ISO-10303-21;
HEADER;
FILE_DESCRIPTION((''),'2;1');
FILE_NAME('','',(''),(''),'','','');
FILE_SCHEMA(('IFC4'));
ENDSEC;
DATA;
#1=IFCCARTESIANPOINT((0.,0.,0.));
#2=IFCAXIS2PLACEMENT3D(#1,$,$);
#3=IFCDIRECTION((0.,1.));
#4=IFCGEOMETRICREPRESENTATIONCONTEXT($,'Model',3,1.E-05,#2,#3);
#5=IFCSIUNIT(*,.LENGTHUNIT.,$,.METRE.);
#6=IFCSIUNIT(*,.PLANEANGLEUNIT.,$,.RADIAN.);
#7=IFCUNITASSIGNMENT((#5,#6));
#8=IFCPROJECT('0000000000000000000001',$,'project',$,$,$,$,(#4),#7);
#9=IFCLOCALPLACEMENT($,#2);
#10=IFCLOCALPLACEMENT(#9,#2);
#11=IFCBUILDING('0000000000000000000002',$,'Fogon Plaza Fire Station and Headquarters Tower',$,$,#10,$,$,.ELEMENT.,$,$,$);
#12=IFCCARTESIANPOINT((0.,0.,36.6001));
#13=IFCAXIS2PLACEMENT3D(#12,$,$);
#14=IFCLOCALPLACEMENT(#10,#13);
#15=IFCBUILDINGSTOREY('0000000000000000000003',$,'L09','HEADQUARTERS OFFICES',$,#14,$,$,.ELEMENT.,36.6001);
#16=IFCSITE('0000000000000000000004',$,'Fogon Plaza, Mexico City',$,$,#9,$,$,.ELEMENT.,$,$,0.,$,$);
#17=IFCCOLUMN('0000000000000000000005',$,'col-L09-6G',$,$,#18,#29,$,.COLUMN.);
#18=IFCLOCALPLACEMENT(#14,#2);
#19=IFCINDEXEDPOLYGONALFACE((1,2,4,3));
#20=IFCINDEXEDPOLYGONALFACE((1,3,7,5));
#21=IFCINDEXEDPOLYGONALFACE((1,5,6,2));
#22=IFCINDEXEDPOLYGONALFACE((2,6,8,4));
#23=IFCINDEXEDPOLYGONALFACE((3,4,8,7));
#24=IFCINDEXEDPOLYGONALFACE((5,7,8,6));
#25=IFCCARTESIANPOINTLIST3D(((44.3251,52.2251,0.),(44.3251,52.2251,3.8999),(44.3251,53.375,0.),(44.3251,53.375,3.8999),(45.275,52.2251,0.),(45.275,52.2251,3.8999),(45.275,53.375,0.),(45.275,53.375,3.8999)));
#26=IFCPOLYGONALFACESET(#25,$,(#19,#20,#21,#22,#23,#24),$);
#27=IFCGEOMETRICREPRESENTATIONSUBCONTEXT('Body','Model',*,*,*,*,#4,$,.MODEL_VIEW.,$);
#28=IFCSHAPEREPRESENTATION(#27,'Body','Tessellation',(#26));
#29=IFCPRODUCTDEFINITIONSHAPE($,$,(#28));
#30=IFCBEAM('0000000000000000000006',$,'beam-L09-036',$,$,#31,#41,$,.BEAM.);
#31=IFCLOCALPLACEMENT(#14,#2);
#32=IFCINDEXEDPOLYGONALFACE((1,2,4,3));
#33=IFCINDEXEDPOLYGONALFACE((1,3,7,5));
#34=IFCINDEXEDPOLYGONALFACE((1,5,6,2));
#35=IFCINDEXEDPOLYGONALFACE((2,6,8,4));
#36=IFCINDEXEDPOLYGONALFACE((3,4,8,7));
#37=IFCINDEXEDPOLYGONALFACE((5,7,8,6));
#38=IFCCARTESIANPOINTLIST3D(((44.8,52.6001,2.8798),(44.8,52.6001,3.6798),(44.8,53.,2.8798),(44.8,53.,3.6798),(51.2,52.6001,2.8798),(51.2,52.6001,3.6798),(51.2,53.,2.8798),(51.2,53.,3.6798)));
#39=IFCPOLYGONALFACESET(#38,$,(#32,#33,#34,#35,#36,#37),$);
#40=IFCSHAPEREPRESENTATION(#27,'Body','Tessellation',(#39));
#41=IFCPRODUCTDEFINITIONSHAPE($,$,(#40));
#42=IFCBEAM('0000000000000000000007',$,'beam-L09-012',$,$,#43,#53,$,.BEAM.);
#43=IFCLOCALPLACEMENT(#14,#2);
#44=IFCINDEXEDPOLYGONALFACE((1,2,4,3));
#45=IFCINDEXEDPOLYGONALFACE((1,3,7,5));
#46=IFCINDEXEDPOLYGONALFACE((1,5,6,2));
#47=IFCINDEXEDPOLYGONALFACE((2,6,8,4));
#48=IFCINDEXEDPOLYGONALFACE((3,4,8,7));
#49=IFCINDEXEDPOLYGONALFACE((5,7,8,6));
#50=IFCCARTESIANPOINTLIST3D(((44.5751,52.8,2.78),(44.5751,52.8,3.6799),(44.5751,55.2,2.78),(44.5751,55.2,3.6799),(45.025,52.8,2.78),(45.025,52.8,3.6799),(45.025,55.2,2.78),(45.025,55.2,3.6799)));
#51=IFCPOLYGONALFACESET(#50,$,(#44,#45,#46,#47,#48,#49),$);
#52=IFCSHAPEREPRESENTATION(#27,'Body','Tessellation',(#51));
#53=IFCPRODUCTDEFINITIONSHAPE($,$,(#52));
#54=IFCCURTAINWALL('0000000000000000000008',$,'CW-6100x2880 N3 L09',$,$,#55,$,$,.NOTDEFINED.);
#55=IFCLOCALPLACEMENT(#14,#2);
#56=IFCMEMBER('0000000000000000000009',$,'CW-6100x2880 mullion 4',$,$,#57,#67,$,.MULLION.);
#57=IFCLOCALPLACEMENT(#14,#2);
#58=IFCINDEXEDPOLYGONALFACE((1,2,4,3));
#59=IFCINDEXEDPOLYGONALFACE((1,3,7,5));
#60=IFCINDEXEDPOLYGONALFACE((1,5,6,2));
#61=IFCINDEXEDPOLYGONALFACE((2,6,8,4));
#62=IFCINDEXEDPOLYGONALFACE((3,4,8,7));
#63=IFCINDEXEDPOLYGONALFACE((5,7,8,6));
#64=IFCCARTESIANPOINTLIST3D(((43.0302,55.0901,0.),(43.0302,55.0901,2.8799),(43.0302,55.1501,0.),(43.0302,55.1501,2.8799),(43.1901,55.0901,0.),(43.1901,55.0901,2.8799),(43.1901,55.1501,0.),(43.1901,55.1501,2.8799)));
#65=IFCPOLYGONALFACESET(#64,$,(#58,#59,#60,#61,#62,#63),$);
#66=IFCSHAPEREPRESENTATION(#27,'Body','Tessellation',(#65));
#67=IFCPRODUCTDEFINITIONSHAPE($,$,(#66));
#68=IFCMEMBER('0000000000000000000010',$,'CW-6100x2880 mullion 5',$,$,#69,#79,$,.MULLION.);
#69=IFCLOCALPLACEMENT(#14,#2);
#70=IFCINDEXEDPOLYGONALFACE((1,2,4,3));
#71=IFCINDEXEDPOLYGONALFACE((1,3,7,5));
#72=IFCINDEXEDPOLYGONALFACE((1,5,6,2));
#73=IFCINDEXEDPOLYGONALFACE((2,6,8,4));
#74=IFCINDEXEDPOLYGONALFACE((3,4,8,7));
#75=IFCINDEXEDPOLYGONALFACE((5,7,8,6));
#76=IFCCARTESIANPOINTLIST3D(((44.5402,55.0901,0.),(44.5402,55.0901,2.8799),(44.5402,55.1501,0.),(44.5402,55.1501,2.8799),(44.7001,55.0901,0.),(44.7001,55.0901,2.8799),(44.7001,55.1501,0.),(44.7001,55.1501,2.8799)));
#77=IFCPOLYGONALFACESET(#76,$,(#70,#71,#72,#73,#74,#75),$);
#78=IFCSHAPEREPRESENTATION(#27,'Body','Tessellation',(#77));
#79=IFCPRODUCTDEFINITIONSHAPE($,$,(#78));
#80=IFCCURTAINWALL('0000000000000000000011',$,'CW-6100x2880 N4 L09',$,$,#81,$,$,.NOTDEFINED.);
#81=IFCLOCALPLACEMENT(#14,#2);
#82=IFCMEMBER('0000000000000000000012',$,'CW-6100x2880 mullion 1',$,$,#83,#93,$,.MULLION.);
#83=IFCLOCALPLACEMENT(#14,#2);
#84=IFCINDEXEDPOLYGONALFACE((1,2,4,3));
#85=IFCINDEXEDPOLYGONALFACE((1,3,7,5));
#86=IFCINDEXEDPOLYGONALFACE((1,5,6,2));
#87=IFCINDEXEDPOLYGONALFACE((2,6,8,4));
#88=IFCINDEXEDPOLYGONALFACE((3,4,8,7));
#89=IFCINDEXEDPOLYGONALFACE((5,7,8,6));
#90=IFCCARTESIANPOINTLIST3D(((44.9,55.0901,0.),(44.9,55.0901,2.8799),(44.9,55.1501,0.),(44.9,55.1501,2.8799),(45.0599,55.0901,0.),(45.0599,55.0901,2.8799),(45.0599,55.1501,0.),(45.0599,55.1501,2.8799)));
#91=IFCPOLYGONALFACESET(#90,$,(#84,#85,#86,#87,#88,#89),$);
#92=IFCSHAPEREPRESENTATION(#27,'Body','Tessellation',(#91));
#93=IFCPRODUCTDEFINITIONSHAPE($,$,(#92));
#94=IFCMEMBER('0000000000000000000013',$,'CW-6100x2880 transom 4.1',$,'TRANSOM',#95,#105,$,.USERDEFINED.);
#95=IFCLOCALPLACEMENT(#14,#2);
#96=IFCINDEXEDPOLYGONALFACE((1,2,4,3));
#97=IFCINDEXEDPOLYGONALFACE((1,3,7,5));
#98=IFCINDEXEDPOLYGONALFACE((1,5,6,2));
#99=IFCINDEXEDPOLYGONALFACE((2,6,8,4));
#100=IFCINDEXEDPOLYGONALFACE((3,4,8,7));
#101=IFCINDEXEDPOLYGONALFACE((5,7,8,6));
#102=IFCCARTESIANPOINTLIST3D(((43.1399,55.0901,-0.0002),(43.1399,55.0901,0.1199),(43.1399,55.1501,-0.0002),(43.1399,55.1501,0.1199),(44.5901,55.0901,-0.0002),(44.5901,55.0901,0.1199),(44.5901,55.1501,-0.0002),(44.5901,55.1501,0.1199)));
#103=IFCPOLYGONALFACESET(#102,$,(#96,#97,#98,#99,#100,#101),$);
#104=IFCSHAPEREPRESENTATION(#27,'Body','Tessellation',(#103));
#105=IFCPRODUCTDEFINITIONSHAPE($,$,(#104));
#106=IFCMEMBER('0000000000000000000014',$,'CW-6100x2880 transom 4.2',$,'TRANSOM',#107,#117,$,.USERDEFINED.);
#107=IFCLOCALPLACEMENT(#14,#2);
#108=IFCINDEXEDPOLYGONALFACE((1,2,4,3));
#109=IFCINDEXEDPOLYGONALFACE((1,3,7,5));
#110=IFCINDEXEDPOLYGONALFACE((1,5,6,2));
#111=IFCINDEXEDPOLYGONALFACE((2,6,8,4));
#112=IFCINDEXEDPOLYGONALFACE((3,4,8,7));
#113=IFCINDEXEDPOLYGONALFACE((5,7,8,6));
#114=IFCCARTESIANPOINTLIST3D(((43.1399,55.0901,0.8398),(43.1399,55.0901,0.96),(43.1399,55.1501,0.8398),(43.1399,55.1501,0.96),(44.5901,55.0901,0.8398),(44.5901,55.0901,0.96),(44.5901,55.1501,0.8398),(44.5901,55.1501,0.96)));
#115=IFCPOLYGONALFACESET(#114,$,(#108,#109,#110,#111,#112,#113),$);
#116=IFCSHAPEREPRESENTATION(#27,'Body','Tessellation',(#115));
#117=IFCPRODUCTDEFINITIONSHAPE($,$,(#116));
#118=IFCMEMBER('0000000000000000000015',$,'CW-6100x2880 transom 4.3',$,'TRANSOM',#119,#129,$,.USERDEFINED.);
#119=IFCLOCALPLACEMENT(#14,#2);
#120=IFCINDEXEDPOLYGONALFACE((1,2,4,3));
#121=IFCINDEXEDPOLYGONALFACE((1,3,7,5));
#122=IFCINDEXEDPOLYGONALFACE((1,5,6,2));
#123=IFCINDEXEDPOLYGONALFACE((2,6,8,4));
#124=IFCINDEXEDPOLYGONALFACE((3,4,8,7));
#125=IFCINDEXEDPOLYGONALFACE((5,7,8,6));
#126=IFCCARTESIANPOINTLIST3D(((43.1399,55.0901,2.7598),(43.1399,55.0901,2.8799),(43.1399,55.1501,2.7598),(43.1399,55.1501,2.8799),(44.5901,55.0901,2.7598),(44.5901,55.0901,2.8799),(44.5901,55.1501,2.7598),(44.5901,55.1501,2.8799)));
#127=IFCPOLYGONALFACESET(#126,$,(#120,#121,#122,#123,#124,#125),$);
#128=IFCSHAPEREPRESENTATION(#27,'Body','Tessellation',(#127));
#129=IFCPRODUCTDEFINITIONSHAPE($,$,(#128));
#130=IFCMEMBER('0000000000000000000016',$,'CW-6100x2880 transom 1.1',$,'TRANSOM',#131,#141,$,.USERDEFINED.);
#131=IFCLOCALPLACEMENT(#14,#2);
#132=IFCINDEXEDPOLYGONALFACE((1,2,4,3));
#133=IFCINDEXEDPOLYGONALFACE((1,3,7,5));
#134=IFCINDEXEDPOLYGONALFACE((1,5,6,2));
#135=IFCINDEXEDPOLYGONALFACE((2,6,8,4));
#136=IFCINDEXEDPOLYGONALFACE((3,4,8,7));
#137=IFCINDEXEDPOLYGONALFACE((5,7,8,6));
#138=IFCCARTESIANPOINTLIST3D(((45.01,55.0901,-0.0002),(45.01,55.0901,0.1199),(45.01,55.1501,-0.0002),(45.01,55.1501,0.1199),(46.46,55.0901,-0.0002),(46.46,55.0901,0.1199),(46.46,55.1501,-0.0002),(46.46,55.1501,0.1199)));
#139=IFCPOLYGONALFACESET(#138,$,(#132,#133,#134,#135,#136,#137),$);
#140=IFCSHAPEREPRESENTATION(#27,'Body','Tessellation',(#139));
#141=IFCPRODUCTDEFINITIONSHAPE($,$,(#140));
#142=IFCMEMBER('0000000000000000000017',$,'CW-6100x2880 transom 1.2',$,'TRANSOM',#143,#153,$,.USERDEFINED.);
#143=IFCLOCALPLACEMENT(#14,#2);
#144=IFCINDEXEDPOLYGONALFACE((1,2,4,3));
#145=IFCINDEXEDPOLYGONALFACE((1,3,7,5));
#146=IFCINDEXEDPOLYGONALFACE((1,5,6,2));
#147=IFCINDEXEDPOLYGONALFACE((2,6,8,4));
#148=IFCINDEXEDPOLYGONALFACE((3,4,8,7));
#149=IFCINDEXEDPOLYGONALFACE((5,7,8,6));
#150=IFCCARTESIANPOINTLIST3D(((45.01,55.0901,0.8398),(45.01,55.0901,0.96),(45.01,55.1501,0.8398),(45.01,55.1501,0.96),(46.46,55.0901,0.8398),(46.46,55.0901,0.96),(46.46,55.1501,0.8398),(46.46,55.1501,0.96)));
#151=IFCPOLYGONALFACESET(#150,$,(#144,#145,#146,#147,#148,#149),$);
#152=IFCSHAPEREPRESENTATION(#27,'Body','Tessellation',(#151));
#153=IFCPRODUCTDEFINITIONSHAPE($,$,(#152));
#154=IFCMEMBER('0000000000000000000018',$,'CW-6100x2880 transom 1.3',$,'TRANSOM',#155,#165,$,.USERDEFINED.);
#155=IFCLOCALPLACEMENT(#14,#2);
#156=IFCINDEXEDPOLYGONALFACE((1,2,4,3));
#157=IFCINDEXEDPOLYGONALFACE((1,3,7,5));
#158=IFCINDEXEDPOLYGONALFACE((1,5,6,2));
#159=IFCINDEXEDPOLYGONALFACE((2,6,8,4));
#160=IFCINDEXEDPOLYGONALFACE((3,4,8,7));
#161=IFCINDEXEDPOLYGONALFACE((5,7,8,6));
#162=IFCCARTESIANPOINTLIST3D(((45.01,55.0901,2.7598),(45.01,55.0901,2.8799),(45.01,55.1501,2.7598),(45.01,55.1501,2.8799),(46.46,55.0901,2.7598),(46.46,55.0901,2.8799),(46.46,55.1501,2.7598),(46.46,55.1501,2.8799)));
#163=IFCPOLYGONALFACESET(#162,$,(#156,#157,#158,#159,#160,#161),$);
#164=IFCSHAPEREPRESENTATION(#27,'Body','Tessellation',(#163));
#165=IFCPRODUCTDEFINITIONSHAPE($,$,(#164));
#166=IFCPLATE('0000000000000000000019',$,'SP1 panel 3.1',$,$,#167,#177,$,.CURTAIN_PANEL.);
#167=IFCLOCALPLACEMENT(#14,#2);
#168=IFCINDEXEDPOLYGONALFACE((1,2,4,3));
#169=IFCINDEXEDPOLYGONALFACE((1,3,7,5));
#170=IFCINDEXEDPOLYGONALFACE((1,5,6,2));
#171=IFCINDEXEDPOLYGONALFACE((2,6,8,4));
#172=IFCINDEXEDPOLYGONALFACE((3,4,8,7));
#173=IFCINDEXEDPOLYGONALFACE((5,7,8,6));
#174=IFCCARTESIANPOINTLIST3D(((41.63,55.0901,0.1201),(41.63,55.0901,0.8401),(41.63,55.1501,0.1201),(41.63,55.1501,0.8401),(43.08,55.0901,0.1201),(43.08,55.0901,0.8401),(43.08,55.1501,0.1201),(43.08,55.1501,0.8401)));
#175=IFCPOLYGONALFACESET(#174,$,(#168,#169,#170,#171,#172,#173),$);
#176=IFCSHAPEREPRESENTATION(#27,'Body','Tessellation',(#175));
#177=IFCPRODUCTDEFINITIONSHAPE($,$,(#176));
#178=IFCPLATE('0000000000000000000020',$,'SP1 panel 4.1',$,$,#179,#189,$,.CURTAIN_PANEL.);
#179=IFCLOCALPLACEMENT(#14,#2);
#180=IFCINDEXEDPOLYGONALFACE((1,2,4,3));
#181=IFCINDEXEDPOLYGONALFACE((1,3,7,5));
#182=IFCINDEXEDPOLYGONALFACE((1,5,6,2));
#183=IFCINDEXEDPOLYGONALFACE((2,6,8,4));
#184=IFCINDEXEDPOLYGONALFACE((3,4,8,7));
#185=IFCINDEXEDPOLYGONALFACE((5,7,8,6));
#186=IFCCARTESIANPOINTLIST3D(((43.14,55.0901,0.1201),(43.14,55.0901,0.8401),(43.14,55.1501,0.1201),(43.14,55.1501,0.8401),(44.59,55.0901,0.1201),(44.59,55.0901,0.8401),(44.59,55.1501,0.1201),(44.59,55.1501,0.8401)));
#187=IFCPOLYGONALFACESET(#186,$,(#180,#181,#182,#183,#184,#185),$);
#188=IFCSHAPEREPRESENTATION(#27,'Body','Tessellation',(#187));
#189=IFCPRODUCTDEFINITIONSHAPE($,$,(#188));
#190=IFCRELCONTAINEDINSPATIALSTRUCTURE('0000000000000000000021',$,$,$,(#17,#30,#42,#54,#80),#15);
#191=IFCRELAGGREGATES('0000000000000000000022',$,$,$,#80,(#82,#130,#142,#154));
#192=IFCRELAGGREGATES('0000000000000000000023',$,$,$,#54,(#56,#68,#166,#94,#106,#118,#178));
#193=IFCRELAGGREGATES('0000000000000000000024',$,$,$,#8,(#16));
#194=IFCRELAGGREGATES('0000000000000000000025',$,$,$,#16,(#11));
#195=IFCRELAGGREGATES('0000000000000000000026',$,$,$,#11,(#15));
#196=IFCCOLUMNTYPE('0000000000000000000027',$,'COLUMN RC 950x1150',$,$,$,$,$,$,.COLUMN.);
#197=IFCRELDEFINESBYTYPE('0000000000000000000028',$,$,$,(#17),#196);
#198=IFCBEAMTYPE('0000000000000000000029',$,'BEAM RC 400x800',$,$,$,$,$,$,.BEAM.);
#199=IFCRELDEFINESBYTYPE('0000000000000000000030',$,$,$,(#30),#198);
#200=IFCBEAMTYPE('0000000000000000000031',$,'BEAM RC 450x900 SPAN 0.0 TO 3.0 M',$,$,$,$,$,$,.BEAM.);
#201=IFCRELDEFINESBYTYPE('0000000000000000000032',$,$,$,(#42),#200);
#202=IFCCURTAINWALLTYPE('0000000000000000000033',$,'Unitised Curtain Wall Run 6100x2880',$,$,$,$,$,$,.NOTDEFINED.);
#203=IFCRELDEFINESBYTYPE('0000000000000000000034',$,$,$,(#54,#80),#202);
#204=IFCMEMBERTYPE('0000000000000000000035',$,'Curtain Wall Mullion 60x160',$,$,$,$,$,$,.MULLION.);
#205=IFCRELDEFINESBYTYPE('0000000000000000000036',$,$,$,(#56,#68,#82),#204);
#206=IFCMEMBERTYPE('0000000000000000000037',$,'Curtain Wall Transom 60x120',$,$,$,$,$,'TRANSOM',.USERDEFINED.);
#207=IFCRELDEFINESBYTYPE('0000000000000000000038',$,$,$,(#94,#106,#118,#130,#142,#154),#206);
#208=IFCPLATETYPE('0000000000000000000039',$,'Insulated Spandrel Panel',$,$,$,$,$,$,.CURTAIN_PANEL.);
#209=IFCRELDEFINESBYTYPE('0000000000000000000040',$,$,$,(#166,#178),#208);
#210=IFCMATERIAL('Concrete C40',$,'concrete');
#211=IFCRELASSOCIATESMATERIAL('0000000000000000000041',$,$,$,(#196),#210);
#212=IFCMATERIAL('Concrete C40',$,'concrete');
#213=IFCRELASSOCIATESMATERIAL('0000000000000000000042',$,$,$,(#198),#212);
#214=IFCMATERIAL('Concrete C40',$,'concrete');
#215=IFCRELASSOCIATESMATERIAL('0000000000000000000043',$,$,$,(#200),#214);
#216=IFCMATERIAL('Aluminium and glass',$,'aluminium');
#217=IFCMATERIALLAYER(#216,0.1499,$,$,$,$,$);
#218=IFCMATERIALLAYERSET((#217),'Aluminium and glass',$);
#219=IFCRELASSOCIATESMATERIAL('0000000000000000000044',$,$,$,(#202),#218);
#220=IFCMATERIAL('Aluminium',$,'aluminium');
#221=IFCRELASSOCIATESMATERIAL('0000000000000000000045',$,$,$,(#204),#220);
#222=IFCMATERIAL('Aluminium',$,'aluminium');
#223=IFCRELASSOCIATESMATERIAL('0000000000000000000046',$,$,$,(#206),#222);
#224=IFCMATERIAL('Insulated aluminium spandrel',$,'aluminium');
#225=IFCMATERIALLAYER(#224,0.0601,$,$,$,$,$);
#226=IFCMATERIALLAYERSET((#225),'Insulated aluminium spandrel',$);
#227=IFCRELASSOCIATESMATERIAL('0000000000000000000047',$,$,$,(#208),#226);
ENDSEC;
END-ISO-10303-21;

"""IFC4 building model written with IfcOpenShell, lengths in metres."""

from ifc_helpers import new_model, si_unit, direction, frame, origin, origin_2d, place, context, subcontext, project, spatial, rectangle, extrude, material, layer, layer_set, material_profile, profile_set, type_object, element, aggregate, save


model = new_model("IFC4")

# Units and contexts
model_context = context("Model", 3, precision=1e-05, world=origin(), true_north=direction((0.0, 1.0)))
body_context = subcontext(model_context, "Body", "Model", "MODEL_VIEW")
ifc_project = project(units=[si_unit("LENGTHUNIT", "METRE"), si_unit("PLANEANGLEUNIT", "RADIAN")], contexts=[model_context])

# Site, building, storey
site_placement = place(None, origin())
site = spatial("IfcSite", under=ifc_project, at=site_placement, Name="Fogon Plaza, Mexico City", CompositionType="ELEMENT", RefElevation=0.0)
building_placement = place(site_placement, origin())
building = spatial("IfcBuilding", under=site, at=building_placement, Name="Fogon Plaza Fire Station and Headquarters Tower", CompositionType="ELEMENT")
storey_placement = place(building_placement, frame((0.0, 0.0, 36.6001)))
storey = spatial("IfcBuildingStorey", under=building, at=storey_placement, Name="L09", Description="HEADQUARTERS OFFICES", CompositionType="ELEMENT", Elevation=36.6001)

# Column
ifc_material_1 = material(Name="Concrete C40", Category="concrete")
ifc_material_profile_1 = material_profile(ifc_material_1, rectangle(XDim=0.95, YDim=1.1499, at=origin_2d()), Name="RC 950x1150")
ifc_profile_set_1 = profile_set([ifc_material_profile_1], Name="Concrete C40")
column_type = type_object("IfcColumnType", Name="COLUMN RC 950x1150", PredefinedType="COLUMN", material=ifc_profile_set_1)
column_placement = place(storey_placement, frame((44.8, 52.8, 0.0), z_axis=(0.0, 0.0, 1.0), x_axis=(1.0, 0.0, 0.0)))
element("IfcColumn", 1, at=column_placement, inside=storey, type_object=column_type, Name="col-L09-6G", PredefinedType="COLUMN", context=body_context, shape_type="SweptSolid", body=[
    extrude(rectangle(XDim=0.95, YDim=1.1499, at=origin_2d()), origin(), (0.0, 0.0, 1.0), 3.8999),
])

# Beams
ifc_material_2 = material(Name="Concrete C40", Category="concrete")
ifc_material_profile_2 = material_profile(ifc_material_2, rectangle(XDim=0.3999, YDim=0.8, at=origin_2d()), Name="RC 400x800")
ifc_profile_set_2 = profile_set([ifc_material_profile_2], Name="Concrete C40")
beam_type_1 = type_object("IfcBeamType", Name="BEAM RC 400x800", PredefinedType="BEAM", material=ifc_profile_set_2)
beam_1_placement = place(storey_placement, frame((44.8, 52.8, 3.2798), z_axis=(1.0, 0.0, 0.0), x_axis=(0.0, 1.0, 0.0)))
element("IfcBeam", 2, at=beam_1_placement, inside=storey, type_object=beam_type_1, Name="beam-L09-036", PredefinedType="BEAM", context=body_context, shape_type="SweptSolid", body=[
    extrude(rectangle(XDim=0.3999, YDim=0.8, at=origin_2d()), origin(), (0.0, 0.0, 1.0), 6.3999),
])
ifc_material_3 = material(Name="Concrete C40", Category="concrete")
ifc_material_profile_3 = material_profile(ifc_material_3, rectangle(XDim=0.45, YDim=0.8999, at=origin_2d()), Name="RC 450x900")
ifc_profile_set_3 = profile_set([ifc_material_profile_3], Name="Concrete C40")
beam_type_2 = type_object("IfcBeamType", Name="BEAM RC 450x900 SPAN 0.0 TO 3.0 M", PredefinedType="BEAM", material=ifc_profile_set_3)
beam_2_placement = place(storey_placement, frame((44.8, 52.8, 3.23), z_axis=(0.0, 1.0, 0.0), x_axis=(-1.0, 0.0, 0.0)))
element("IfcBeam", 3, at=beam_2_placement, inside=storey, type_object=beam_type_2, Name="beam-L09-012", PredefinedType="BEAM", context=body_context, shape_type="SweptSolid", body=[
    extrude(rectangle(XDim=0.45, YDim=0.8999, at=origin_2d()), origin(), (0.0, 0.0, 1.0), 2.3999),
])

# Curtain wall, members
ifc_material_4 = material(Name="Aluminium and glass", Category="aluminium")
ifc_layer_1 = layer(ifc_material_4, 0.1499)
ifc_layer_set_1 = layer_set([ifc_layer_1], Name="Aluminium and glass")
curtain_wall_type = type_object("IfcCurtainWallType", Name="Unitised Curtain Wall Run 6100x2880", PredefinedType="NOTDEFINED", material=ifc_layer_set_1)
curtain_wall_1_placement = place(storey_placement, origin())
curtain_wall_1 = element("IfcCurtainWall", 4, at=curtain_wall_1_placement, inside=storey, type_object=curtain_wall_type, Name="CW-6100x2880 N3 L09", PredefinedType="NOTDEFINED")
ifc_material_5 = material(Name="Aluminium", Category="aluminium")
ifc_material_profile_4 = material_profile(ifc_material_5, rectangle(XDim=0.0601, YDim=0.1599, at=origin_2d()), Name="Curtain Wall Mullion 60x160")
ifc_profile_set_4 = profile_set([ifc_material_profile_4], Name="Aluminium")
member_type_1 = type_object("IfcMemberType", Name="Curtain Wall Mullion 60x160", PredefinedType="MULLION", material=ifc_profile_set_4)
member_1_placement = place(storey_placement, frame((43.1101, 55.1201, 0.0), z_axis=(0.0, 0.0, 1.0), x_axis=(0.0, 1.0, 0.0)))
member_1 = element("IfcMember", 5, at=member_1_placement, type_object=member_type_1, Name="CW-6100x2880 mullion 4", PredefinedType="MULLION", context=body_context, shape_type="SweptSolid", body=[
    extrude(rectangle(XDim=0.0601, YDim=0.1599, at=origin_2d()), origin(), (0.0, 0.0, 1.0), 2.8799),
])
member_2_placement = place(storey_placement, frame((44.6201, 55.1201, 0.0), z_axis=(0.0, 0.0, 1.0), x_axis=(0.0, 1.0, 0.0)))
member_2 = element("IfcMember", 6, at=member_2_placement, type_object=member_type_1, Name="CW-6100x2880 mullion 5", PredefinedType="MULLION", context=body_context, shape_type="SweptSolid", body=[
    extrude(rectangle(XDim=0.0601, YDim=0.1599, at=origin_2d()), origin(), (0.0, 0.0, 1.0), 2.8799),
])

# Curtain wall, member
curtain_wall_2_placement = place(storey_placement, origin())
curtain_wall_2 = element("IfcCurtainWall", 7, at=curtain_wall_2_placement, inside=storey, type_object=curtain_wall_type, Name="CW-6100x2880 N4 L09", PredefinedType="NOTDEFINED")
member_3_placement = place(storey_placement, frame((44.98, 55.1201, 0.0), z_axis=(0.0, 0.0, 1.0), x_axis=(0.0, 1.0, 0.0)))
member_3 = element("IfcMember", 8, at=member_3_placement, type_object=member_type_1, Name="CW-6100x2880 mullion 1", PredefinedType="MULLION", context=body_context, shape_type="SweptSolid", body=[
    extrude(rectangle(XDim=0.0601, YDim=0.1599, at=origin_2d()), origin(), (0.0, 0.0, 1.0), 2.8799),
])

# Members
ifc_material_6 = material(Name="Aluminium", Category="aluminium")
ifc_material_profile_5 = material_profile(ifc_material_6, rectangle(XDim=0.0601, YDim=0.1201, at=origin_2d()), Name="Curtain Wall Transom 60x120")
ifc_profile_set_5 = profile_set([ifc_material_profile_5], Name="Aluminium")
member_type_2 = type_object("IfcMemberType", Name="Curtain Wall Transom 60x120", ElementType="TRANSOM", PredefinedType="USERDEFINED", material=ifc_profile_set_5)
member_4_placement = place(storey_placement, frame((43.1399, 55.1201, 0.0598), z_axis=(1.0, 0.0, 0.0), x_axis=(0.0, 1.0, 0.0)))
member_4 = element("IfcMember", 9, at=member_4_placement, type_object=member_type_2, Name="CW-6100x2880 transom 4.1", ObjectType="TRANSOM", PredefinedType="USERDEFINED", context=body_context, shape_type="SweptSolid", body=[
    extrude(rectangle(XDim=0.0601, YDim=0.1201, at=origin_2d()), origin(), (0.0, 0.0, 1.0), 1.4502),
])
member_5_placement = place(storey_placement, frame((43.1399, 55.1201, 0.8999), z_axis=(1.0, 0.0, 0.0), x_axis=(0.0, 1.0, 0.0)))
member_5 = element("IfcMember", 10, at=member_5_placement, type_object=member_type_2, Name="CW-6100x2880 transom 4.2", ObjectType="TRANSOM", PredefinedType="USERDEFINED", context=body_context, shape_type="SweptSolid", body=[
    extrude(rectangle(XDim=0.0601, YDim=0.1201, at=origin_2d()), origin(), (0.0, 0.0, 1.0), 1.4502),
])
member_6_placement = place(storey_placement, frame((43.1399, 55.1201, 2.8198), z_axis=(1.0, 0.0, 0.0), x_axis=(0.0, 1.0, 0.0)))
member_6 = element("IfcMember", 11, at=member_6_placement, type_object=member_type_2, Name="CW-6100x2880 transom 4.3", ObjectType="TRANSOM", PredefinedType="USERDEFINED", context=body_context, shape_type="SweptSolid", body=[
    extrude(rectangle(XDim=0.0601, YDim=0.1201, at=origin_2d()), origin(), (0.0, 0.0, 1.0), 1.4502),
])
member_7_placement = place(storey_placement, frame((45.01, 55.1201, 0.0598), z_axis=(1.0, 0.0, 0.0), x_axis=(0.0, 1.0, 0.0)))
member_7 = element("IfcMember", 12, at=member_7_placement, type_object=member_type_2, Name="CW-6100x2880 transom 1.1", ObjectType="TRANSOM", PredefinedType="USERDEFINED", context=body_context, shape_type="SweptSolid", body=[
    extrude(rectangle(XDim=0.0601, YDim=0.1201, at=origin_2d()), origin(), (0.0, 0.0, 1.0), 1.45),
])
member_8_placement = place(storey_placement, frame((45.01, 55.1201, 0.8999), z_axis=(1.0, 0.0, 0.0), x_axis=(0.0, 1.0, 0.0)))
member_8 = element("IfcMember", 13, at=member_8_placement, type_object=member_type_2, Name="CW-6100x2880 transom 1.2", ObjectType="TRANSOM", PredefinedType="USERDEFINED", context=body_context, shape_type="SweptSolid", body=[
    extrude(rectangle(XDim=0.0601, YDim=0.1201, at=origin_2d()), origin(), (0.0, 0.0, 1.0), 1.45),
])
member_9_placement = place(storey_placement, frame((45.01, 55.1201, 2.8198), z_axis=(1.0, 0.0, 0.0), x_axis=(0.0, 1.0, 0.0)))
member_9 = element("IfcMember", 14, at=member_9_placement, type_object=member_type_2, Name="CW-6100x2880 transom 1.3", ObjectType="TRANSOM", PredefinedType="USERDEFINED", context=body_context, shape_type="SweptSolid", body=[
    extrude(rectangle(XDim=0.0601, YDim=0.1201, at=origin_2d()), origin(), (0.0, 0.0, 1.0), 1.45),
])

# Plates
ifc_material_7 = material(Name="Insulated aluminium spandrel", Category="aluminium")
ifc_layer_2 = layer(ifc_material_7, 0.0601)
ifc_layer_set_2 = layer_set([ifc_layer_2], Name="Insulated aluminium spandrel")
plate_type_1 = type_object("IfcPlateType", Name="Insulated Spandrel Panel", PredefinedType="CURTAIN_PANEL", material=ifc_layer_set_2)
plate_1_placement = place(storey_placement, frame((42.355, 55.1201, 0.1201), z_axis=(0.0, 0.0, 1.0), x_axis=(1.0, 0.0, 0.0)))
plate_1 = element("IfcPlate", 15, at=plate_1_placement, type_object=plate_type_1, Name="SP1 panel 3.1", PredefinedType="CURTAIN_PANEL", context=body_context, shape_type="SweptSolid", body=[
    extrude(rectangle(XDim=1.45, YDim=0.0601, at=origin_2d()), origin(), (0.0, 0.0, 1.0), 0.72),
])
plate_2_placement = place(storey_placement, frame((43.865, 55.1201, 0.1201), z_axis=(0.0, 0.0, 1.0), x_axis=(1.0, 0.0, 0.0)))
plate_2 = element("IfcPlate", 16, at=plate_2_placement, type_object=plate_type_1, Name="SP1 panel 4.1", PredefinedType="CURTAIN_PANEL", context=body_context, shape_type="SweptSolid", body=[
    extrude(rectangle(XDim=1.45, YDim=0.0601, at=origin_2d()), origin(), (0.0, 0.0, 1.0), 0.72),
])
aggregate(curtain_wall_2, [member_3, member_7, member_8, member_9])
aggregate(curtain_wall_1, [member_1, member_2, plate_1, member_4, member_5, member_6, plate_2])

save(model, "model.ifc")
